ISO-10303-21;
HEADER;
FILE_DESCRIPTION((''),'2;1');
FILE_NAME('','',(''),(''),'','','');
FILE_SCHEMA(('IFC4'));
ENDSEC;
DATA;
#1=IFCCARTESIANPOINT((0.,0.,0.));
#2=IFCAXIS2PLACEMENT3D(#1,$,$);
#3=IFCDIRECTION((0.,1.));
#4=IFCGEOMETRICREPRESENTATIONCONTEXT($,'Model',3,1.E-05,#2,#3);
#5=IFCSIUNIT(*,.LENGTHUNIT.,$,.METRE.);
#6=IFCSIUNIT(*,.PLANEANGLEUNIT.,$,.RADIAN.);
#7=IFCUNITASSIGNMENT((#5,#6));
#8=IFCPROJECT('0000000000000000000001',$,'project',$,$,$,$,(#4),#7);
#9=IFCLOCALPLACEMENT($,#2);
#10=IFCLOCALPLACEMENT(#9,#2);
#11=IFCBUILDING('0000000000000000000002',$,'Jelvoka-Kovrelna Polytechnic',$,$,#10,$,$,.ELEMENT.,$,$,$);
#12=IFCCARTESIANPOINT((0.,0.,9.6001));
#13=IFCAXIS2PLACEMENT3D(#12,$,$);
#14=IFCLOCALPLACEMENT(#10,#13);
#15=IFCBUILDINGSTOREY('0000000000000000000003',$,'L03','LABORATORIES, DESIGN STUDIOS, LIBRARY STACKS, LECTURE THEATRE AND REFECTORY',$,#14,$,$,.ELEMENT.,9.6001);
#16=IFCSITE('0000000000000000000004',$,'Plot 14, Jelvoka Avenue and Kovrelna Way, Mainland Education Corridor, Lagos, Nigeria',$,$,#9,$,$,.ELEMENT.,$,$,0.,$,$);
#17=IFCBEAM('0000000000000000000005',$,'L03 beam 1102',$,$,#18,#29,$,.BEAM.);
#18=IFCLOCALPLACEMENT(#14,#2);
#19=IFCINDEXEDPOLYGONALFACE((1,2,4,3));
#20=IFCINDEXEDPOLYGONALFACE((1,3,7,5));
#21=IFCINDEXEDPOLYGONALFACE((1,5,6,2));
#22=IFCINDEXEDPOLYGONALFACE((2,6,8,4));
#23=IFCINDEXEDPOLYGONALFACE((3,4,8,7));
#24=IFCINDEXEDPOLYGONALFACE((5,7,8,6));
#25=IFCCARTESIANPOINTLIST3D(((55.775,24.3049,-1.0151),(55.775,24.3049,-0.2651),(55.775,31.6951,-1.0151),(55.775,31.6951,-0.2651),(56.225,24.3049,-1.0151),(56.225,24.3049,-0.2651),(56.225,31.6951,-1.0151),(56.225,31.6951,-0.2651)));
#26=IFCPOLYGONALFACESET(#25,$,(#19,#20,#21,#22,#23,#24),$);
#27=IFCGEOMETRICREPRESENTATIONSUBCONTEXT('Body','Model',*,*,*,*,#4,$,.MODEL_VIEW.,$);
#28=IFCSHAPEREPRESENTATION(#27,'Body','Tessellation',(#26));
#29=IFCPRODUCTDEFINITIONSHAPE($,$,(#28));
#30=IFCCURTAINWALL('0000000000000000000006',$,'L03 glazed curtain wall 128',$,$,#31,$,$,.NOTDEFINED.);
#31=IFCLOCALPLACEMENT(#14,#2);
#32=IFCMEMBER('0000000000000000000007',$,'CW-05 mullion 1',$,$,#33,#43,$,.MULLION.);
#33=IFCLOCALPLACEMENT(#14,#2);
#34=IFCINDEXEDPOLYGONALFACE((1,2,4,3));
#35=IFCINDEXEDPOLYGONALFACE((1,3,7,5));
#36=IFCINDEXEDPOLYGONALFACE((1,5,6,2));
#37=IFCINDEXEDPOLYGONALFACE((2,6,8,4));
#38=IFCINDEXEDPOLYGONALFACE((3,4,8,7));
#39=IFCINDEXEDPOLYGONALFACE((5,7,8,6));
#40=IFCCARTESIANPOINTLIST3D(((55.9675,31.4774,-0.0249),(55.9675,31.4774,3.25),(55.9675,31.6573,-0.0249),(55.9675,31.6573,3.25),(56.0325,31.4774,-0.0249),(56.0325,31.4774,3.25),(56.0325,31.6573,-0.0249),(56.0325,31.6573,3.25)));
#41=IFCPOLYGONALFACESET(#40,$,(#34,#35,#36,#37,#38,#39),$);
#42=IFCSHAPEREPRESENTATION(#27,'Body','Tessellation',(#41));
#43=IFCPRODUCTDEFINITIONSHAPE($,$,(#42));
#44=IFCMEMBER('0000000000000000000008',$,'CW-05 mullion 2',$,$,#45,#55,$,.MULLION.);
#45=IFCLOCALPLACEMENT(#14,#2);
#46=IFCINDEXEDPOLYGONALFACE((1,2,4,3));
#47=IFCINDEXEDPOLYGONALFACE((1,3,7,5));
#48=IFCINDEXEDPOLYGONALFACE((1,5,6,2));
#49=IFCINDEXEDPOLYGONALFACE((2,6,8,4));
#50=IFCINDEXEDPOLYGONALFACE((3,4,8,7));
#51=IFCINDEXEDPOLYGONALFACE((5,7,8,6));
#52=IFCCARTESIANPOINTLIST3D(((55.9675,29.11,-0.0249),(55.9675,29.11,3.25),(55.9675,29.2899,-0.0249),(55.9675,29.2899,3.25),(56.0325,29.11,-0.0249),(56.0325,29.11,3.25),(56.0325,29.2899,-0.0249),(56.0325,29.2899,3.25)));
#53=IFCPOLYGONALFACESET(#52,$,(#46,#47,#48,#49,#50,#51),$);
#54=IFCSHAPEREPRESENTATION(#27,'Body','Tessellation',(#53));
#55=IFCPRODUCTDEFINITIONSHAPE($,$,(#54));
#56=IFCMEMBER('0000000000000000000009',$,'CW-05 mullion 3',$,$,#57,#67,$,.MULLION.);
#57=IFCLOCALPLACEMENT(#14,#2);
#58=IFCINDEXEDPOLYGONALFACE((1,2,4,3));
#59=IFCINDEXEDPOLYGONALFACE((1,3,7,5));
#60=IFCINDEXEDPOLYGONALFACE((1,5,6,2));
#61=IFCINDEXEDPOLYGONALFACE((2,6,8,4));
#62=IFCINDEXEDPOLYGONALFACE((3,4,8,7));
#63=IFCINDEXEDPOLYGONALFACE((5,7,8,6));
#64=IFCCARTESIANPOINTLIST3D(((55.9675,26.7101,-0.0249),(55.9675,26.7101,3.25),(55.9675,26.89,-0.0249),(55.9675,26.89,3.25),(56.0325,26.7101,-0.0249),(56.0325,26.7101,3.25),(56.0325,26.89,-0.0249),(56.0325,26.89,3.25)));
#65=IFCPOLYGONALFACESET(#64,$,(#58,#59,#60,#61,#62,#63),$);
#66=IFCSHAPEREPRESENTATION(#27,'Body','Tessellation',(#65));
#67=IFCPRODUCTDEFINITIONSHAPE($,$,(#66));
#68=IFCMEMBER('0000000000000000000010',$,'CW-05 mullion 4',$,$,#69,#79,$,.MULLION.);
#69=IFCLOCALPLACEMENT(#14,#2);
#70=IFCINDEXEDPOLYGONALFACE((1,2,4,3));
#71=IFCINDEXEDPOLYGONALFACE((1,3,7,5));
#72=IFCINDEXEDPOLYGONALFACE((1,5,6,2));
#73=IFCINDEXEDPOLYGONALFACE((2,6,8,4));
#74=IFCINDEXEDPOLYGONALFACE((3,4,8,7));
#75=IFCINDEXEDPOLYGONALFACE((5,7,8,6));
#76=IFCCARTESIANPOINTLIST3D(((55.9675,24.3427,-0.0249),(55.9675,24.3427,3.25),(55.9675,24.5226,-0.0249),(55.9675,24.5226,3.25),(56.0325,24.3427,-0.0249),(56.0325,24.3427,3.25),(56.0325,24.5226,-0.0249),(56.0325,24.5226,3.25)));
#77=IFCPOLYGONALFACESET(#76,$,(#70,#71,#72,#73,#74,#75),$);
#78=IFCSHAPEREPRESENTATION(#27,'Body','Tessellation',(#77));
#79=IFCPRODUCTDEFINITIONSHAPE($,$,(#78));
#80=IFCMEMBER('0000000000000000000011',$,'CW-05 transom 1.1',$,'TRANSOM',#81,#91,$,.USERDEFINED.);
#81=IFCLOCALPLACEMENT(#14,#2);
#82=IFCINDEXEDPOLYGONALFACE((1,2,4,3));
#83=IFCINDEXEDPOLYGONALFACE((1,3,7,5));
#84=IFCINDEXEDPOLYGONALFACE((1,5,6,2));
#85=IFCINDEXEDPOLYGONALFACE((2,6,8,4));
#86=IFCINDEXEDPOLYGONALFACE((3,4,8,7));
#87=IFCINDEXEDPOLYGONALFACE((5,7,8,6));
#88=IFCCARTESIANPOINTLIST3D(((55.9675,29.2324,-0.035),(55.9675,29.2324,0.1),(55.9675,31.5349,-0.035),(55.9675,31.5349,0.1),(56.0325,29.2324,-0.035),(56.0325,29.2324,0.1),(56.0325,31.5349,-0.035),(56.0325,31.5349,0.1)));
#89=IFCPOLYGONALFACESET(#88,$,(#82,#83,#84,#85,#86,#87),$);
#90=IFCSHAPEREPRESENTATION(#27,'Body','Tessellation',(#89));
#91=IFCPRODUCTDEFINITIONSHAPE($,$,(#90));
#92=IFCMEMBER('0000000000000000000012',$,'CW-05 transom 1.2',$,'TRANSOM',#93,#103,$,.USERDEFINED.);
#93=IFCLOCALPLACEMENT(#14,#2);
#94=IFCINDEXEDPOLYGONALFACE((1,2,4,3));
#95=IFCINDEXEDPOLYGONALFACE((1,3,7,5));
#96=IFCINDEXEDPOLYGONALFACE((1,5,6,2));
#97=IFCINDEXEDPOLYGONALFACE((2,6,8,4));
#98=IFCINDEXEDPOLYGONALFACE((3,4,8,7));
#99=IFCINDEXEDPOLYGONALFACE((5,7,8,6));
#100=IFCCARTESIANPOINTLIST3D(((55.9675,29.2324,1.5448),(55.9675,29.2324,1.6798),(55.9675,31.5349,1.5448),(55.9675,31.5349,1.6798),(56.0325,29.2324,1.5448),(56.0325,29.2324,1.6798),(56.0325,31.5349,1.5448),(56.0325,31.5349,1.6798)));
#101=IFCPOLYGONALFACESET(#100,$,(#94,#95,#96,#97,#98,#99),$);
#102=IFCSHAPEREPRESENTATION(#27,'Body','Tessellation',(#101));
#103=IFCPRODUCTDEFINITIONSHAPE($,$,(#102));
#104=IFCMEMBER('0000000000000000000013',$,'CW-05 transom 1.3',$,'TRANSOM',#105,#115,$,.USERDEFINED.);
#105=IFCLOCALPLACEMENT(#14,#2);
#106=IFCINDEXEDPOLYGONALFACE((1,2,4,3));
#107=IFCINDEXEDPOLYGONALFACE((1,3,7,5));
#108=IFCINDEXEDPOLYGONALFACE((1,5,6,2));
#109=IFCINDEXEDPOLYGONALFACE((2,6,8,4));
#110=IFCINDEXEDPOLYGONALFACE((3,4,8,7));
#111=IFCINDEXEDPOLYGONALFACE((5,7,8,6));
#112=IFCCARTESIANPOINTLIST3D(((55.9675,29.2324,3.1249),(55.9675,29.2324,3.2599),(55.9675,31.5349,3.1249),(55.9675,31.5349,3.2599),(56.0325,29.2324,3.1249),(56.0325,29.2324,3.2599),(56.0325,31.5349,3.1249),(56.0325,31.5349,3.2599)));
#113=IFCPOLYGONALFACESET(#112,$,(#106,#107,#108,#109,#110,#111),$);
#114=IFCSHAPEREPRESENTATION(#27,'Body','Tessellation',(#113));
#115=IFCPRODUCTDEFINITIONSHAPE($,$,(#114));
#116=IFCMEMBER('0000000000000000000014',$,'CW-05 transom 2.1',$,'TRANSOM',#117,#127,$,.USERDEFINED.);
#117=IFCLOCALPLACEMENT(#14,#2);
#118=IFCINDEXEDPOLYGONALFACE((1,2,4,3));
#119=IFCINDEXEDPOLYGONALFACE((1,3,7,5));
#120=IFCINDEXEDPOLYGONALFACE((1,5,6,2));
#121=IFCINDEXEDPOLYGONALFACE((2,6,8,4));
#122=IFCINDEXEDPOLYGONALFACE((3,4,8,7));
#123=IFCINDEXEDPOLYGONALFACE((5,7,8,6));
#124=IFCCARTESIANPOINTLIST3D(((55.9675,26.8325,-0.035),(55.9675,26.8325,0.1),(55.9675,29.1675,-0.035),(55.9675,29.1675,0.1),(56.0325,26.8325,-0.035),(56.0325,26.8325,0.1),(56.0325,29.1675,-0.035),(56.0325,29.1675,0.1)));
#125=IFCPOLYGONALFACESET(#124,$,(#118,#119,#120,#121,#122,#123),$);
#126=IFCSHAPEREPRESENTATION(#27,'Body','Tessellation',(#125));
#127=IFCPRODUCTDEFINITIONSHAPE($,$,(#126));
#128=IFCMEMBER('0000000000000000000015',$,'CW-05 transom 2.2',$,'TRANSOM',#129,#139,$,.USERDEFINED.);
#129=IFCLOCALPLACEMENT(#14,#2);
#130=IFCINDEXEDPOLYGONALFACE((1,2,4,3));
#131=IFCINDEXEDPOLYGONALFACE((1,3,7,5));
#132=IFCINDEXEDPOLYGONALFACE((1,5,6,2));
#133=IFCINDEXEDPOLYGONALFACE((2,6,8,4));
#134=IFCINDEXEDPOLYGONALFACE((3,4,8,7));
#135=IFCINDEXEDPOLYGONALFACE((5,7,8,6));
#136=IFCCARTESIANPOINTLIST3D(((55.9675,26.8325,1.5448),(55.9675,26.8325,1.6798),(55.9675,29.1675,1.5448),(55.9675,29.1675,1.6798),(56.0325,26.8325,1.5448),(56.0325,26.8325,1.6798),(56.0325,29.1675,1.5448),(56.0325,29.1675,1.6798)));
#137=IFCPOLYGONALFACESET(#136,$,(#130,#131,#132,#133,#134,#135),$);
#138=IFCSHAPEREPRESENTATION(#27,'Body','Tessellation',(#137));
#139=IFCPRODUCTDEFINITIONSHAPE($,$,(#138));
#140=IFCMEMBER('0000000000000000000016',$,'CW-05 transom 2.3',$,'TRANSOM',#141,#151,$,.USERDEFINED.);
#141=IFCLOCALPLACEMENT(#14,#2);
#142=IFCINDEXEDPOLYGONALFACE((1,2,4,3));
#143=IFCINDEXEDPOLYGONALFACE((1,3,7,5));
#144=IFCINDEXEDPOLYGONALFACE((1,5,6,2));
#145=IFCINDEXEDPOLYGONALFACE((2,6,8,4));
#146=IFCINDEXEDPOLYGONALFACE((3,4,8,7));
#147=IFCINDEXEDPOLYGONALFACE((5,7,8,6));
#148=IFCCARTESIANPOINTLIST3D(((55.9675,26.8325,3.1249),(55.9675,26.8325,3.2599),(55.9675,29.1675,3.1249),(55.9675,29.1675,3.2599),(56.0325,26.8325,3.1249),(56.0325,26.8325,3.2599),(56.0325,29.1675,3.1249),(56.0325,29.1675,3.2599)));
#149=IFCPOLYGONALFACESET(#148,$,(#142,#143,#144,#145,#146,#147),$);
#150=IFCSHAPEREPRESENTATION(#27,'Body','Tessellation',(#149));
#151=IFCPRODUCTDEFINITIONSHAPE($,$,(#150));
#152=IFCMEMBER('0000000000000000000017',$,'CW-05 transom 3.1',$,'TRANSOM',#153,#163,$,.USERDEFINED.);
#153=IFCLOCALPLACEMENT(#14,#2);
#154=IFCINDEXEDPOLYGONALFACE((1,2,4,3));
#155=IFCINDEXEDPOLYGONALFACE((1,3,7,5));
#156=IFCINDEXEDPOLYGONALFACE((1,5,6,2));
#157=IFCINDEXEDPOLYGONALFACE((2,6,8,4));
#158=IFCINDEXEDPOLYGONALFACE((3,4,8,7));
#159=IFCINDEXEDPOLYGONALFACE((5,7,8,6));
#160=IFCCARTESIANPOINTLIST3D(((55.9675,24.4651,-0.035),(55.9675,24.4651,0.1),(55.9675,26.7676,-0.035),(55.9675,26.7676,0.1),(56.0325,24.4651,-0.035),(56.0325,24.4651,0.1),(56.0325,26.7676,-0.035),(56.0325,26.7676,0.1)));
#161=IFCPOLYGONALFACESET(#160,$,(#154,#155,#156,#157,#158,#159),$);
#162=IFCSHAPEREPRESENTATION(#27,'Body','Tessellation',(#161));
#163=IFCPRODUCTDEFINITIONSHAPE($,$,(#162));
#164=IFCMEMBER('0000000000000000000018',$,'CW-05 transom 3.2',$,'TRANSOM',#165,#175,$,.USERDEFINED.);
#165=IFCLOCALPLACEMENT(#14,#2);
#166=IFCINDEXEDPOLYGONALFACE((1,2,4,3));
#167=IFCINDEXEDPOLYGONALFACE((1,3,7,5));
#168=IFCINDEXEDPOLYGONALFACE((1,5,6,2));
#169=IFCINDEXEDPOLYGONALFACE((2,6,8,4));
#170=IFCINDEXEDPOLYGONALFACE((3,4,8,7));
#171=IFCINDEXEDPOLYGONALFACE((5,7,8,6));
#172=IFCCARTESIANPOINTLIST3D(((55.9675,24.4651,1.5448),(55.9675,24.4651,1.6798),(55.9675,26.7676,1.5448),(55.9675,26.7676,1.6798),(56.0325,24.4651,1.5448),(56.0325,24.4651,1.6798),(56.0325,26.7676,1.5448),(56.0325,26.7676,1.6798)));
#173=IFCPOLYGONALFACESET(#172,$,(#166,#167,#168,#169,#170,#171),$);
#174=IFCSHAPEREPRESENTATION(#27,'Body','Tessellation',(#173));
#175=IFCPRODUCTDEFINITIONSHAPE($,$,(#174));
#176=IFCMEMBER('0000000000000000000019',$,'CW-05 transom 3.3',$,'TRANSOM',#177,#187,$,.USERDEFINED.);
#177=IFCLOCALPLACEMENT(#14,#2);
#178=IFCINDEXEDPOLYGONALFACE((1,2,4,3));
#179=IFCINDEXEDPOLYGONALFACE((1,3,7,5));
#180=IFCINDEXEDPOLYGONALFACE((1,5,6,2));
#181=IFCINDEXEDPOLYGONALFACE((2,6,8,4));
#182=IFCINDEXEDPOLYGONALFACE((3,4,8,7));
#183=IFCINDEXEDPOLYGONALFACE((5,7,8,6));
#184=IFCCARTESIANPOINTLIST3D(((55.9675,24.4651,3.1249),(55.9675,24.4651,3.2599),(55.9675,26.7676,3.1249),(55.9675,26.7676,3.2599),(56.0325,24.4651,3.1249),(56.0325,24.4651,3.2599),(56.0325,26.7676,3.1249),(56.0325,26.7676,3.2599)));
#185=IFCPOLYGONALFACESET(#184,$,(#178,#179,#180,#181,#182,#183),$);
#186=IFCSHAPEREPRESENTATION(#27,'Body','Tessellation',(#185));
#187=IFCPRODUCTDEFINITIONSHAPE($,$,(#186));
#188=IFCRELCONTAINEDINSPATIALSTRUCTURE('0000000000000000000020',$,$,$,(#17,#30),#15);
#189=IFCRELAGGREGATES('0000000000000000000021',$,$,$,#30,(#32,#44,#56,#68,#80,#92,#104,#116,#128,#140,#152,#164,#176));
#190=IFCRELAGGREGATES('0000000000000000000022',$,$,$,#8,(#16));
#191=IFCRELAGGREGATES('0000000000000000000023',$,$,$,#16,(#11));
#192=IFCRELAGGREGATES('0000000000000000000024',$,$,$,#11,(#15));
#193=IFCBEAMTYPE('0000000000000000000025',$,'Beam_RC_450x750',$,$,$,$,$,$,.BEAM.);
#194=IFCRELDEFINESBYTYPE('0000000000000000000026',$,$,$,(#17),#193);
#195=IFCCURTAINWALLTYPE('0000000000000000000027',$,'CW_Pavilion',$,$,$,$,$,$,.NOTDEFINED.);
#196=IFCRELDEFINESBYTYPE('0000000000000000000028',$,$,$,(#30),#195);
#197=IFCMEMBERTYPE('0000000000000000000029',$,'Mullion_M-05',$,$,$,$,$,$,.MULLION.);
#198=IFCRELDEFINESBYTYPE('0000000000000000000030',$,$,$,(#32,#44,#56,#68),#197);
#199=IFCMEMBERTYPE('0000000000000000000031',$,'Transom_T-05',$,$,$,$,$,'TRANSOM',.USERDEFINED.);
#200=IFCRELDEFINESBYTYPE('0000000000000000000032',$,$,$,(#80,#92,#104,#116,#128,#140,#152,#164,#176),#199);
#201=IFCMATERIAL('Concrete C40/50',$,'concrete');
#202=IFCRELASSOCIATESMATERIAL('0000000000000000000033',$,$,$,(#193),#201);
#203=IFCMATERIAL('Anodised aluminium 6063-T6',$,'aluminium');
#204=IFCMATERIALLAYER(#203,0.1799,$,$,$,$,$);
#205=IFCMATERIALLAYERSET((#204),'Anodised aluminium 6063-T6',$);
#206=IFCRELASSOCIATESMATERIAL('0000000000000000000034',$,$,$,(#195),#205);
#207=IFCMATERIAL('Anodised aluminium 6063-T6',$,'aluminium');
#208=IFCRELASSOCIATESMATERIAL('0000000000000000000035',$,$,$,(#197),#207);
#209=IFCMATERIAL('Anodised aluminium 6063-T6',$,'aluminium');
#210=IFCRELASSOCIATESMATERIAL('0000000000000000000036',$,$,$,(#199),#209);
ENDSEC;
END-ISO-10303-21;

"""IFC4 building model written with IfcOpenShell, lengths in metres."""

from ifc_helpers import new_model, si_unit, direction, frame, origin, origin_2d, place, context, subcontext, project, spatial, rectangle, extrude, material, layer, layer_set, material_profile, profile_set, type_object, element, aggregate, save


model = new_model("IFC4")

# Units and contexts
model_context = context("Model", 3, precision=1e-05, world=origin(), true_north=direction((0.0, 1.0)))
body_context = subcontext(model_context, "Body", "Model", "MODEL_VIEW")
ifc_project = project(units=[si_unit("LENGTHUNIT", "METRE"), si_unit("PLANEANGLEUNIT", "RADIAN")], contexts=[model_context])

# Site, building, storey
site_placement = place(None, origin())
site = spatial("IfcSite", under=ifc_project, at=site_placement, Name="Plot 14, Jelvoka Avenue and Kovrelna Way, Mainland Education Corridor, Lagos, Nigeria", CompositionType="ELEMENT", RefElevation=0.0)
building_placement = place(site_placement, origin())
building = spatial("IfcBuilding", under=site, at=building_placement, Name="Jelvoka-Kovrelna Polytechnic", CompositionType="ELEMENT")
storey_placement = place(building_placement, frame((0.0, 0.0, 9.6001)))
storey = spatial("IfcBuildingStorey", under=building, at=storey_placement, Name="L03", Description="LABORATORIES, DESIGN STUDIOS, LIBRARY STACKS, LECTURE THEATRE AND REFECTORY", CompositionType="ELEMENT", Elevation=9.6001)

# Beam
ifc_material_1 = material(Name="Concrete C40/50", Category="concrete")
ifc_material_profile_1 = material_profile(ifc_material_1, rectangle(XDim=0.45, YDim=0.75, at=origin_2d()), Name="RC 450x750")
ifc_profile_set_1 = profile_set([ifc_material_profile_1], Name="Concrete C40/50")
beam_type = type_object("IfcBeamType", Name="Beam_RC_450x750", PredefinedType="BEAM", material=ifc_profile_set_1)
beam_placement = place(storey_placement, frame((56.0, 24.3049, -0.6401), z_axis=(0.0, 1.0, 0.0), x_axis=(-1.0, 0.0, 0.0)))
element("IfcBeam", 1, at=beam_placement, inside=storey, type_object=beam_type, Name="L03 beam 1102", PredefinedType="BEAM", context=body_context, shape_type="SweptSolid", body=[
    extrude(rectangle(XDim=0.45, YDim=0.75, at=origin_2d()), origin(), (0.0, 0.0, 1.0), 7.3901),
])

# Curtain wall, members
ifc_material_2 = material(Name="Anodised aluminium 6063-T6", Category="aluminium")
ifc_layer_1 = layer(ifc_material_2, 0.1799)
ifc_layer_set_1 = layer_set([ifc_layer_1], Name="Anodised aluminium 6063-T6")
curtain_wall_type = type_object("IfcCurtainWallType", Name="CW_Pavilion", PredefinedType="NOTDEFINED", material=ifc_layer_set_1)
curtain_wall_placement = place(storey_placement, origin())
curtain_wall = element("IfcCurtainWall", 2, at=curtain_wall_placement, inside=storey, type_object=curtain_wall_type, Name="L03 glazed curtain wall 128", PredefinedType="NOTDEFINED")
ifc_material_3 = material(Name="Anodised aluminium 6063-T6", Category="aluminium")
ifc_material_profile_2 = material_profile(ifc_material_3, rectangle(XDim=0.0649, YDim=0.1799, at=origin_2d()), Name="ALU 65x180")
ifc_profile_set_2 = profile_set([ifc_material_profile_2], Name="Anodised aluminium 6063-T6")
member_type_1 = type_object("IfcMemberType", Name="Mullion_M-05", PredefinedType="MULLION", material=ifc_profile_set_2)
member_1_placement = place(storey_placement, frame((56.0, 31.5674, -0.0249), z_axis=(0.0, 0.0, 1.0), x_axis=(1.0, 0.0, 0.0)))
member_1 = element("IfcMember", 3, at=member_1_placement, type_object=member_type_1, Name="CW-05 mullion 1", PredefinedType="MULLION", context=body_context, shape_type="SweptSolid", body=[
    extrude(rectangle(XDim=0.0649, YDim=0.1799, at=origin_2d()), origin(), (0.0, 0.0, 1.0), 3.2749),
])
member_2_placement = place(storey_placement, frame((56.0, 29.2, -0.0249), z_axis=(0.0, 0.0, 1.0), x_axis=(1.0, 0.0, 0.0)))
member_2 = element("IfcMember", 4, at=member_2_placement, type_object=member_type_1, Name="CW-05 mullion 2", PredefinedType="MULLION", context=body_context, shape_type="SweptSolid", body=[
    extrude(rectangle(XDim=0.0649, YDim=0.1799, at=origin_2d()), origin(), (0.0, 0.0, 1.0), 3.2749),
])
member_3_placement = place(storey_placement, frame((56.0, 26.8, -0.0249), z_axis=(0.0, 0.0, 1.0), x_axis=(1.0, 0.0, 0.0)))
member_3 = element("IfcMember", 5, at=member_3_placement, type_object=member_type_1, Name="CW-05 mullion 3", PredefinedType="MULLION", context=body_context, shape_type="SweptSolid", body=[
    extrude(rectangle(XDim=0.0649, YDim=0.1799, at=origin_2d()), origin(), (0.0, 0.0, 1.0), 3.2749),
])
member_4_placement = place(storey_placement, frame((56.0, 24.4326, -0.0249), z_axis=(0.0, 0.0, 1.0), x_axis=(1.0, 0.0, 0.0)))
member_4 = element("IfcMember", 6, at=member_4_placement, type_object=member_type_1, Name="CW-05 mullion 4", PredefinedType="MULLION", context=body_context, shape_type="SweptSolid", body=[
    extrude(rectangle(XDim=0.0649, YDim=0.1799, at=origin_2d()), origin(), (0.0, 0.0, 1.0), 3.2749),
])
ifc_material_4 = material(Name="Anodised aluminium 6063-T6", Category="aluminium")
ifc_material_profile_3 = material_profile(ifc_material_4, rectangle(XDim=0.0649, YDim=0.135, at=origin_2d()), Name="ALU 65x135")
ifc_profile_set_3 = profile_set([ifc_material_profile_3], Name="Anodised aluminium 6063-T6")
member_type_2 = type_object("IfcMemberType", Name="Transom_T-05", ElementType="TRANSOM", PredefinedType="USERDEFINED", material=ifc_profile_set_3)
member_5_placement = place(storey_placement, frame((56.0, 31.5349, 0.0325), z_axis=(0.0, -1.0, 0.0), x_axis=(1.0, 0.0, 0.0)))
member_5 = element("IfcMember", 7, at=member_5_placement, type_object=member_type_2, Name="CW-05 transom 1.1", ObjectType="TRANSOM", PredefinedType="USERDEFINED", context=body_context, shape_type="SweptSolid", body=[
    extrude(rectangle(XDim=0.0649, YDim=0.135, at=origin_2d()), origin(), (0.0, 0.0, 1.0), 2.3025),
])
member_6_placement = place(storey_placement, frame((56.0, 31.5349, 1.6123), z_axis=(0.0, -1.0, 0.0), x_axis=(1.0, 0.0, 0.0)))
member_6 = element("IfcMember", 8, at=member_6_placement, type_object=member_type_2, Name="CW-05 transom 1.2", ObjectType="TRANSOM", PredefinedType="USERDEFINED", context=body_context, shape_type="SweptSolid", body=[
    extrude(rectangle(XDim=0.0649, YDim=0.135, at=origin_2d()), origin(), (0.0, 0.0, 1.0), 2.3025),
])
member_7_placement = place(storey_placement, frame((56.0, 31.5349, 3.1924), z_axis=(0.0, -1.0, 0.0), x_axis=(1.0, 0.0, 0.0)))
member_7 = element("IfcMember", 9, at=member_7_placement, type_object=member_type_2, Name="CW-05 transom 1.3", ObjectType="TRANSOM", PredefinedType="USERDEFINED", context=body_context, shape_type="SweptSolid", body=[
    extrude(rectangle(XDim=0.0649, YDim=0.135, at=origin_2d()), origin(), (0.0, 0.0, 1.0), 2.3025),
])
member_8_placement = place(storey_placement, frame((56.0, 29.1675, 0.0325), z_axis=(0.0, -1.0, 0.0), x_axis=(1.0, 0.0, 0.0)))
member_8 = element("IfcMember", 10, at=member_8_placement, type_object=member_type_2, Name="CW-05 transom 2.1", ObjectType="TRANSOM", PredefinedType="USERDEFINED", context=body_context, shape_type="SweptSolid", body=[
    extrude(rectangle(XDim=0.0649, YDim=0.135, at=origin_2d()), origin(), (0.0, 0.0, 1.0), 2.335),
])
member_9_placement = place(storey_placement, frame((56.0, 29.1675, 1.6123), z_axis=(0.0, -1.0, 0.0), x_axis=(1.0, 0.0, 0.0)))
member_9 = element("IfcMember", 11, at=member_9_placement, type_object=member_type_2, Name="CW-05 transom 2.2", ObjectType="TRANSOM", PredefinedType="USERDEFINED", context=body_context, shape_type="SweptSolid", body=[
    extrude(rectangle(XDim=0.0649, YDim=0.135, at=origin_2d()), origin(), (0.0, 0.0, 1.0), 2.335),
])
member_10_placement = place(storey_placement, frame((56.0, 29.1675, 3.1924), z_axis=(0.0, -1.0, 0.0), x_axis=(1.0, 0.0, 0.0)))
member_10 = element("IfcMember", 12, at=member_10_placement, type_object=member_type_2, Name="CW-05 transom 2.3", ObjectType="TRANSOM", PredefinedType="USERDEFINED", context=body_context, shape_type="SweptSolid", body=[
    extrude(rectangle(XDim=0.0649, YDim=0.135, at=origin_2d()), origin(), (0.0, 0.0, 1.0), 2.335),
])
member_11_placement = place(storey_placement, frame((56.0, 26.7676, 0.0325), z_axis=(0.0, -1.0, 0.0), x_axis=(1.0, 0.0, 0.0)))
member_11 = element("IfcMember", 13, at=member_11_placement, type_object=member_type_2, Name="CW-05 transom 3.1", ObjectType="TRANSOM", PredefinedType="USERDEFINED", context=body_context, shape_type="SweptSolid", body=[
    extrude(rectangle(XDim=0.0649, YDim=0.135, at=origin_2d()), origin(), (0.0, 0.0, 1.0), 2.3025),
])
member_12_placement = place(storey_placement, frame((56.0, 26.7676, 1.6123), z_axis=(0.0, -1.0, 0.0), x_axis=(1.0, 0.0, 0.0)))
member_12 = element("IfcMember", 14, at=member_12_placement, type_object=member_type_2, Name="CW-05 transom 3.2", ObjectType="TRANSOM", PredefinedType="USERDEFINED", context=body_context, shape_type="SweptSolid", body=[
    extrude(rectangle(XDim=0.0649, YDim=0.135, at=origin_2d()), origin(), (0.0, 0.0, 1.0), 2.3025),
])
member_13_placement = place(storey_placement, frame((56.0, 26.7676, 3.1924), z_axis=(0.0, -1.0, 0.0), x_axis=(1.0, 0.0, 0.0)))
member_13 = element("IfcMember", 15, at=member_13_placement, type_object=member_type_2, Name="CW-05 transom 3.3", ObjectType="TRANSOM", PredefinedType="USERDEFINED", context=body_context, shape_type="SweptSolid", body=[
    extrude(rectangle(XDim=0.0649, YDim=0.135, at=origin_2d()), origin(), (0.0, 0.0, 1.0), 2.3025),
])
aggregate(curtain_wall, [member_1, member_2, member_3, member_4, member_5, member_6, member_7, member_8, member_9, member_10, member_11, member_12, member_13])

save(model, "model.ifc")
